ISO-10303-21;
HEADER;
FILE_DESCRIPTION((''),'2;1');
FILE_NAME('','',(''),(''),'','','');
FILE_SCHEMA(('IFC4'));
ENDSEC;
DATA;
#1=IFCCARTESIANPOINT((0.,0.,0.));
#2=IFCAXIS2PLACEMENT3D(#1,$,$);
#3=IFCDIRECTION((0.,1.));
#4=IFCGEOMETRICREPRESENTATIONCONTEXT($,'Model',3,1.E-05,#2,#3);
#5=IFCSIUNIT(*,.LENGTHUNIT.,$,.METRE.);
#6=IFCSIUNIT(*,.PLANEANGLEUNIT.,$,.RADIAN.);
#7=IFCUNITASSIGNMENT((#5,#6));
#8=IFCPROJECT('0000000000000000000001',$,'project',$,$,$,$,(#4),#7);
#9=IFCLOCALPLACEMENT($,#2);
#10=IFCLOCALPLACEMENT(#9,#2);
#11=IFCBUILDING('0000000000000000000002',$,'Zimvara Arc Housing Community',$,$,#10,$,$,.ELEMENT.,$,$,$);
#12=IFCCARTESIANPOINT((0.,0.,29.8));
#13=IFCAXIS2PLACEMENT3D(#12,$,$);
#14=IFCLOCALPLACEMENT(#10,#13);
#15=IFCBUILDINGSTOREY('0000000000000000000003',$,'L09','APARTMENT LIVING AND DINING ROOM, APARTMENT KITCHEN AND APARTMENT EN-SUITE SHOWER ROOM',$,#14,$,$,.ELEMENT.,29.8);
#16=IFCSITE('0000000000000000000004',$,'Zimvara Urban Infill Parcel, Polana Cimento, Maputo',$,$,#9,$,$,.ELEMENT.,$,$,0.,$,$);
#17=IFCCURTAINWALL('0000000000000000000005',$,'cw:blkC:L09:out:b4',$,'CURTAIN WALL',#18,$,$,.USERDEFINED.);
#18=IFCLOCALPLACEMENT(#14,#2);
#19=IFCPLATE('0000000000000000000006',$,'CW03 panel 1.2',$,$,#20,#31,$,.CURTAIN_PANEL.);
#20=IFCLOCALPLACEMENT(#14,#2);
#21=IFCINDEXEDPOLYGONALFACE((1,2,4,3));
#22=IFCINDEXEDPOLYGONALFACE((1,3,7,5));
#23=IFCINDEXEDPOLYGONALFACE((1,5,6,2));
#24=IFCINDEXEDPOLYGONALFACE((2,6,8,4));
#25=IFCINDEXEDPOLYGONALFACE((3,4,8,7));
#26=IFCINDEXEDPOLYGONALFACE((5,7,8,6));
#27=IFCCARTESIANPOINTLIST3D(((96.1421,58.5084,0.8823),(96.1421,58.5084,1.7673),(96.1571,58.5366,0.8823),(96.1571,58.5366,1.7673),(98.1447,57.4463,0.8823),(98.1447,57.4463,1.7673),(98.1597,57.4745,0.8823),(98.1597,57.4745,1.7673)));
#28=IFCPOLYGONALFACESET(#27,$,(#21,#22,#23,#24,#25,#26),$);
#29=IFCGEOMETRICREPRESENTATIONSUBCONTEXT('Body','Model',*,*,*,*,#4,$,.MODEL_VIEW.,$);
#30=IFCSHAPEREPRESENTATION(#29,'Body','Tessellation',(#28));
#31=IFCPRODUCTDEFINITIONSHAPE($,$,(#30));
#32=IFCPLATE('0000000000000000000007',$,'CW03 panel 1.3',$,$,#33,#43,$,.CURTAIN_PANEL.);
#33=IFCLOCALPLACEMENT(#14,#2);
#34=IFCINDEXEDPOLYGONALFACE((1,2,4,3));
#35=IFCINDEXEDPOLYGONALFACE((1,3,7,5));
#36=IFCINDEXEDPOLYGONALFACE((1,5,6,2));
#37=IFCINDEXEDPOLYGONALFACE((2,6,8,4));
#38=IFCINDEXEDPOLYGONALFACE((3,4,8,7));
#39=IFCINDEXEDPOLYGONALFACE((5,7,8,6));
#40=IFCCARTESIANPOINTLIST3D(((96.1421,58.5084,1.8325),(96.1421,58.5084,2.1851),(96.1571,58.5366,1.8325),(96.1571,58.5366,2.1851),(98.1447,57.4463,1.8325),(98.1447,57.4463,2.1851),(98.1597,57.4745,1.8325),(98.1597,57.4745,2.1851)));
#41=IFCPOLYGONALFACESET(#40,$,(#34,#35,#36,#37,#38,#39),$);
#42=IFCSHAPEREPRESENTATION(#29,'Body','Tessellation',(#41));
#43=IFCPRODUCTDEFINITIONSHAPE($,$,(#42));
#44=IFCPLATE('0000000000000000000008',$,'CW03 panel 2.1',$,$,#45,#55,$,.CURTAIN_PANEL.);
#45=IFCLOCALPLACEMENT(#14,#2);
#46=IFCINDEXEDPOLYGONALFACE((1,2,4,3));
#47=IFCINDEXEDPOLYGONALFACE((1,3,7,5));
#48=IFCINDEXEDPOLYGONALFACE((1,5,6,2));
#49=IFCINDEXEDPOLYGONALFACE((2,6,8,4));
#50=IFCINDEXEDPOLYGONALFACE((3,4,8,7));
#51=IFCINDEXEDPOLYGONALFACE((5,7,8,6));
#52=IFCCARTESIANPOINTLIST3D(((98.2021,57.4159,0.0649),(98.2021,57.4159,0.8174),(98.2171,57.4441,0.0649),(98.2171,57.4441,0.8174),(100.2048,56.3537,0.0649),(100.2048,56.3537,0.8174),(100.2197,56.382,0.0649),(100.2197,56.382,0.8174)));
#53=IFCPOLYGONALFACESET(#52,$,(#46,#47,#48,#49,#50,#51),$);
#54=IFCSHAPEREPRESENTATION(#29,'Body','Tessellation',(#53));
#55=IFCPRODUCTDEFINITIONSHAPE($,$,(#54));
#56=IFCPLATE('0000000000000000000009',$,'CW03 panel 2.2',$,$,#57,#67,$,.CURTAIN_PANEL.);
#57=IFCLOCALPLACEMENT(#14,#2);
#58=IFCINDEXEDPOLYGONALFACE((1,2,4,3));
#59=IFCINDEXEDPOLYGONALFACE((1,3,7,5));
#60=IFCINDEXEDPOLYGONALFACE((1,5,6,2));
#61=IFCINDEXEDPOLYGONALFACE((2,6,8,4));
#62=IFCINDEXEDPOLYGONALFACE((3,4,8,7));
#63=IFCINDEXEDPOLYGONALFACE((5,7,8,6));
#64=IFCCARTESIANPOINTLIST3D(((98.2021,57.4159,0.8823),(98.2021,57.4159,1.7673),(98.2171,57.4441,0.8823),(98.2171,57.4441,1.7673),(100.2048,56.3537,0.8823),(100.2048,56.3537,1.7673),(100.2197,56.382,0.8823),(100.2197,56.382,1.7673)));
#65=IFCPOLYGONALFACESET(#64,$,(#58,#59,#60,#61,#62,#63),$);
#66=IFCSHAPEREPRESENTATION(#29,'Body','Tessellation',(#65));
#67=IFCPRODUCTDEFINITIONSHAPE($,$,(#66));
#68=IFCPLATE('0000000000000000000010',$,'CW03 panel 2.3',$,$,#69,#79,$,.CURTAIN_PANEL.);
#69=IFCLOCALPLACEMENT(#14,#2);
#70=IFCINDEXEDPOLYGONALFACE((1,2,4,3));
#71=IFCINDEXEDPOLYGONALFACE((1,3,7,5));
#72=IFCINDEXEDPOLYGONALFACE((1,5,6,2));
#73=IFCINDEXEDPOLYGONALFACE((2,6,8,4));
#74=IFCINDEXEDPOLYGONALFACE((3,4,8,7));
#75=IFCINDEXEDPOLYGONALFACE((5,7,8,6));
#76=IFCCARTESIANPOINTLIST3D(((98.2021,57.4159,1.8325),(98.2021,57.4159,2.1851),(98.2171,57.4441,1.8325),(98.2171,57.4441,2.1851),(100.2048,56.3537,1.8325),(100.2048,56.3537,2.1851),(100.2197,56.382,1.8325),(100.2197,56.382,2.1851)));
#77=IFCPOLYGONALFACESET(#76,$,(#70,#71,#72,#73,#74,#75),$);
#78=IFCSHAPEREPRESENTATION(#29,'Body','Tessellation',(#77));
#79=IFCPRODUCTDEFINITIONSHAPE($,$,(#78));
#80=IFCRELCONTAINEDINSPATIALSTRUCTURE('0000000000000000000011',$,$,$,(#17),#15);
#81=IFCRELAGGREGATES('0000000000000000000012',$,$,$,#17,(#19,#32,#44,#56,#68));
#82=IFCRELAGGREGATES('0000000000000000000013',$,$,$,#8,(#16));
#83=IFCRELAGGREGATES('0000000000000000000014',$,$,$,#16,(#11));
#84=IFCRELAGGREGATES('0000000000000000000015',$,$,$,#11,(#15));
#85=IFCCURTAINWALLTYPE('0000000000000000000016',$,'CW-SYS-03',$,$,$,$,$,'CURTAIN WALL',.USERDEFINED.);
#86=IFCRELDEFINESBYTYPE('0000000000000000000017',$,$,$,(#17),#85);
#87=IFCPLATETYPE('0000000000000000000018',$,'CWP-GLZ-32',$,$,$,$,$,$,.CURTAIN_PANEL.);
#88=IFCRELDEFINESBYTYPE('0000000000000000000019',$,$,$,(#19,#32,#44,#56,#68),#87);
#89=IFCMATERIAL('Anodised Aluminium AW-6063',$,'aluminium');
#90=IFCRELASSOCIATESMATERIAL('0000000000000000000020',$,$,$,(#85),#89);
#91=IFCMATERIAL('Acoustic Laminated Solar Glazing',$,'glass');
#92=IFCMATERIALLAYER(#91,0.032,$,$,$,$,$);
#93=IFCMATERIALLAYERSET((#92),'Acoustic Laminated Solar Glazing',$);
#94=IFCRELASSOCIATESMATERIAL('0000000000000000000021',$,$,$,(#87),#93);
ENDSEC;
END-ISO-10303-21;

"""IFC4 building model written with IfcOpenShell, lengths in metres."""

from ifc_helpers import new_model, si_unit, direction, frame, origin, origin_2d, place, context, subcontext, project, spatial, rectangle, extrude, material, layer, layer_set, type_object, element, aggregate, save


model = new_model("IFC4")

# Units and contexts
model_context = context("Model", 3, precision=1e-05, world=origin(), true_north=direction((0.0, 1.0)))
body_context = subcontext(model_context, "Body", "Model", "MODEL_VIEW")
ifc_project = project(units=[si_unit("LENGTHUNIT", "METRE"), si_unit("PLANEANGLEUNIT", "RADIAN")], contexts=[model_context])

# Site, building, storey
site_placement = place(None, origin())
site = spatial("IfcSite", under=ifc_project, at=site_placement, Name="Zimvara Urban Infill Parcel, Polana Cimento, Maputo", CompositionType="ELEMENT", RefElevation=0.0)
building_placement = place(site_placement, origin())
building = spatial("IfcBuilding", under=site, at=building_placement, Name="Zimvara Arc Housing Community", CompositionType="ELEMENT")
storey_placement = place(building_placement, frame((0.0, 0.0, 29.8)))
storey = spatial("IfcBuildingStorey", under=building, at=storey_placement, Name="L09", Description="APARTMENT LIVING AND DINING ROOM, APARTMENT KITCHEN AND APARTMENT EN-SUITE SHOWER ROOM", CompositionType="ELEMENT", Elevation=29.8)

# Curtain wall
ifc_material_1 = material(Name="Anodised Aluminium AW-6063", Category="aluminium")
curtain_wall_type_1 = type_object("IfcCurtainWallType", Name="CW-SYS-03", ElementType="CURTAIN WALL", PredefinedType="USERDEFINED", material=ifc_material_1)
curtain_wall_1_placement = place(storey_placement, origin())
curtain_wall_1 = element("IfcCurtainWall", 1, at=curtain_wall_1_placement, inside=storey, type_object=curtain_wall_type_1, Name="cw:blkC:L09:out:b4", ObjectType="CURTAIN WALL", PredefinedType="USERDEFINED")

# Plates
ifc_material_2 = material(Name="Acoustic Laminated Solar Glazing", Category="glass")
ifc_layer = layer(ifc_material_2, 0.032)
ifc_layer_set = layer_set([ifc_layer], Name="Acoustic Laminated Solar Glazing")
plate_type = type_object("IfcPlateType", Name="CWP-GLZ-32", PredefinedType="CURTAIN_PANEL", material=ifc_layer_set)
plate_1_placement = place(storey_placement, frame((97.1509, 57.9915, 0.8823), z_axis=(0.0, 0.0, 1.0), x_axis=(0.883439, -0.468547, 0.0)))
plate_1 = element("IfcPlate", 2, at=plate_1_placement, type_object=plate_type, Name="CW03 panel 1.2", PredefinedType="CURTAIN_PANEL", context=body_context, shape_type="SweptSolid", body=[
    extrude(rectangle(XDim=2.2668, YDim=0.032, at=origin_2d()), origin(), (0.0, 0.0, 1.0), 0.885),
])
plate_2_placement = place(storey_placement, frame((97.1509, 57.9915, 1.8325), z_axis=(0.0, 0.0, 1.0), x_axis=(0.883439, -0.468547, 0.0)))
plate_2 = element("IfcPlate", 3, at=plate_2_placement, type_object=plate_type, Name="CW03 panel 1.3", PredefinedType="CURTAIN_PANEL", context=body_context, shape_type="SweptSolid", body=[
    extrude(rectangle(XDim=2.2668, YDim=0.032, at=origin_2d()), origin(), (0.0, 0.0, 1.0), 0.3525),
])
plate_3_placement = place(storey_placement, frame((99.2109, 56.8989, 0.0649), z_axis=(0.0, 0.0, 1.0), x_axis=(0.883439, -0.468547, 0.0)))
plate_3 = element("IfcPlate", 4, at=plate_3_placement, type_object=plate_type, Name="CW03 panel 2.1", PredefinedType="CURTAIN_PANEL", context=body_context, shape_type="SweptSolid", body=[
    extrude(rectangle(XDim=2.2668, YDim=0.032, at=origin_2d()), origin(), (0.0, 0.0, 1.0), 0.7524),
])
plate_4_placement = place(storey_placement, frame((99.2109, 56.8989, 0.8823), z_axis=(0.0, 0.0, 1.0), x_axis=(0.883439, -0.468547, 0.0)))
plate_4 = element("IfcPlate", 5, at=plate_4_placement, type_object=plate_type, Name="CW03 panel 2.2", PredefinedType="CURTAIN_PANEL", context=body_context, shape_type="SweptSolid", body=[
    extrude(rectangle(XDim=2.2668, YDim=0.032, at=origin_2d()), origin(), (0.0, 0.0, 1.0), 0.885),
])
plate_5_placement = place(storey_placement, frame((99.2109, 56.8989, 1.8325), z_axis=(0.0, 0.0, 1.0), x_axis=(0.883439, -0.468547, 0.0)))
plate_5 = element("IfcPlate", 6, at=plate_5_placement, type_object=plate_type, Name="CW03 panel 2.3", PredefinedType="CURTAIN_PANEL", context=body_context, shape_type="SweptSolid", body=[
    extrude(rectangle(XDim=2.2668, YDim=0.032, at=origin_2d()), origin(), (0.0, 0.0, 1.0), 0.3525),
])
aggregate(curtain_wall_1, [plate_1, plate_2, plate_3, plate_4, plate_5])

save(model, "model.ifc")
